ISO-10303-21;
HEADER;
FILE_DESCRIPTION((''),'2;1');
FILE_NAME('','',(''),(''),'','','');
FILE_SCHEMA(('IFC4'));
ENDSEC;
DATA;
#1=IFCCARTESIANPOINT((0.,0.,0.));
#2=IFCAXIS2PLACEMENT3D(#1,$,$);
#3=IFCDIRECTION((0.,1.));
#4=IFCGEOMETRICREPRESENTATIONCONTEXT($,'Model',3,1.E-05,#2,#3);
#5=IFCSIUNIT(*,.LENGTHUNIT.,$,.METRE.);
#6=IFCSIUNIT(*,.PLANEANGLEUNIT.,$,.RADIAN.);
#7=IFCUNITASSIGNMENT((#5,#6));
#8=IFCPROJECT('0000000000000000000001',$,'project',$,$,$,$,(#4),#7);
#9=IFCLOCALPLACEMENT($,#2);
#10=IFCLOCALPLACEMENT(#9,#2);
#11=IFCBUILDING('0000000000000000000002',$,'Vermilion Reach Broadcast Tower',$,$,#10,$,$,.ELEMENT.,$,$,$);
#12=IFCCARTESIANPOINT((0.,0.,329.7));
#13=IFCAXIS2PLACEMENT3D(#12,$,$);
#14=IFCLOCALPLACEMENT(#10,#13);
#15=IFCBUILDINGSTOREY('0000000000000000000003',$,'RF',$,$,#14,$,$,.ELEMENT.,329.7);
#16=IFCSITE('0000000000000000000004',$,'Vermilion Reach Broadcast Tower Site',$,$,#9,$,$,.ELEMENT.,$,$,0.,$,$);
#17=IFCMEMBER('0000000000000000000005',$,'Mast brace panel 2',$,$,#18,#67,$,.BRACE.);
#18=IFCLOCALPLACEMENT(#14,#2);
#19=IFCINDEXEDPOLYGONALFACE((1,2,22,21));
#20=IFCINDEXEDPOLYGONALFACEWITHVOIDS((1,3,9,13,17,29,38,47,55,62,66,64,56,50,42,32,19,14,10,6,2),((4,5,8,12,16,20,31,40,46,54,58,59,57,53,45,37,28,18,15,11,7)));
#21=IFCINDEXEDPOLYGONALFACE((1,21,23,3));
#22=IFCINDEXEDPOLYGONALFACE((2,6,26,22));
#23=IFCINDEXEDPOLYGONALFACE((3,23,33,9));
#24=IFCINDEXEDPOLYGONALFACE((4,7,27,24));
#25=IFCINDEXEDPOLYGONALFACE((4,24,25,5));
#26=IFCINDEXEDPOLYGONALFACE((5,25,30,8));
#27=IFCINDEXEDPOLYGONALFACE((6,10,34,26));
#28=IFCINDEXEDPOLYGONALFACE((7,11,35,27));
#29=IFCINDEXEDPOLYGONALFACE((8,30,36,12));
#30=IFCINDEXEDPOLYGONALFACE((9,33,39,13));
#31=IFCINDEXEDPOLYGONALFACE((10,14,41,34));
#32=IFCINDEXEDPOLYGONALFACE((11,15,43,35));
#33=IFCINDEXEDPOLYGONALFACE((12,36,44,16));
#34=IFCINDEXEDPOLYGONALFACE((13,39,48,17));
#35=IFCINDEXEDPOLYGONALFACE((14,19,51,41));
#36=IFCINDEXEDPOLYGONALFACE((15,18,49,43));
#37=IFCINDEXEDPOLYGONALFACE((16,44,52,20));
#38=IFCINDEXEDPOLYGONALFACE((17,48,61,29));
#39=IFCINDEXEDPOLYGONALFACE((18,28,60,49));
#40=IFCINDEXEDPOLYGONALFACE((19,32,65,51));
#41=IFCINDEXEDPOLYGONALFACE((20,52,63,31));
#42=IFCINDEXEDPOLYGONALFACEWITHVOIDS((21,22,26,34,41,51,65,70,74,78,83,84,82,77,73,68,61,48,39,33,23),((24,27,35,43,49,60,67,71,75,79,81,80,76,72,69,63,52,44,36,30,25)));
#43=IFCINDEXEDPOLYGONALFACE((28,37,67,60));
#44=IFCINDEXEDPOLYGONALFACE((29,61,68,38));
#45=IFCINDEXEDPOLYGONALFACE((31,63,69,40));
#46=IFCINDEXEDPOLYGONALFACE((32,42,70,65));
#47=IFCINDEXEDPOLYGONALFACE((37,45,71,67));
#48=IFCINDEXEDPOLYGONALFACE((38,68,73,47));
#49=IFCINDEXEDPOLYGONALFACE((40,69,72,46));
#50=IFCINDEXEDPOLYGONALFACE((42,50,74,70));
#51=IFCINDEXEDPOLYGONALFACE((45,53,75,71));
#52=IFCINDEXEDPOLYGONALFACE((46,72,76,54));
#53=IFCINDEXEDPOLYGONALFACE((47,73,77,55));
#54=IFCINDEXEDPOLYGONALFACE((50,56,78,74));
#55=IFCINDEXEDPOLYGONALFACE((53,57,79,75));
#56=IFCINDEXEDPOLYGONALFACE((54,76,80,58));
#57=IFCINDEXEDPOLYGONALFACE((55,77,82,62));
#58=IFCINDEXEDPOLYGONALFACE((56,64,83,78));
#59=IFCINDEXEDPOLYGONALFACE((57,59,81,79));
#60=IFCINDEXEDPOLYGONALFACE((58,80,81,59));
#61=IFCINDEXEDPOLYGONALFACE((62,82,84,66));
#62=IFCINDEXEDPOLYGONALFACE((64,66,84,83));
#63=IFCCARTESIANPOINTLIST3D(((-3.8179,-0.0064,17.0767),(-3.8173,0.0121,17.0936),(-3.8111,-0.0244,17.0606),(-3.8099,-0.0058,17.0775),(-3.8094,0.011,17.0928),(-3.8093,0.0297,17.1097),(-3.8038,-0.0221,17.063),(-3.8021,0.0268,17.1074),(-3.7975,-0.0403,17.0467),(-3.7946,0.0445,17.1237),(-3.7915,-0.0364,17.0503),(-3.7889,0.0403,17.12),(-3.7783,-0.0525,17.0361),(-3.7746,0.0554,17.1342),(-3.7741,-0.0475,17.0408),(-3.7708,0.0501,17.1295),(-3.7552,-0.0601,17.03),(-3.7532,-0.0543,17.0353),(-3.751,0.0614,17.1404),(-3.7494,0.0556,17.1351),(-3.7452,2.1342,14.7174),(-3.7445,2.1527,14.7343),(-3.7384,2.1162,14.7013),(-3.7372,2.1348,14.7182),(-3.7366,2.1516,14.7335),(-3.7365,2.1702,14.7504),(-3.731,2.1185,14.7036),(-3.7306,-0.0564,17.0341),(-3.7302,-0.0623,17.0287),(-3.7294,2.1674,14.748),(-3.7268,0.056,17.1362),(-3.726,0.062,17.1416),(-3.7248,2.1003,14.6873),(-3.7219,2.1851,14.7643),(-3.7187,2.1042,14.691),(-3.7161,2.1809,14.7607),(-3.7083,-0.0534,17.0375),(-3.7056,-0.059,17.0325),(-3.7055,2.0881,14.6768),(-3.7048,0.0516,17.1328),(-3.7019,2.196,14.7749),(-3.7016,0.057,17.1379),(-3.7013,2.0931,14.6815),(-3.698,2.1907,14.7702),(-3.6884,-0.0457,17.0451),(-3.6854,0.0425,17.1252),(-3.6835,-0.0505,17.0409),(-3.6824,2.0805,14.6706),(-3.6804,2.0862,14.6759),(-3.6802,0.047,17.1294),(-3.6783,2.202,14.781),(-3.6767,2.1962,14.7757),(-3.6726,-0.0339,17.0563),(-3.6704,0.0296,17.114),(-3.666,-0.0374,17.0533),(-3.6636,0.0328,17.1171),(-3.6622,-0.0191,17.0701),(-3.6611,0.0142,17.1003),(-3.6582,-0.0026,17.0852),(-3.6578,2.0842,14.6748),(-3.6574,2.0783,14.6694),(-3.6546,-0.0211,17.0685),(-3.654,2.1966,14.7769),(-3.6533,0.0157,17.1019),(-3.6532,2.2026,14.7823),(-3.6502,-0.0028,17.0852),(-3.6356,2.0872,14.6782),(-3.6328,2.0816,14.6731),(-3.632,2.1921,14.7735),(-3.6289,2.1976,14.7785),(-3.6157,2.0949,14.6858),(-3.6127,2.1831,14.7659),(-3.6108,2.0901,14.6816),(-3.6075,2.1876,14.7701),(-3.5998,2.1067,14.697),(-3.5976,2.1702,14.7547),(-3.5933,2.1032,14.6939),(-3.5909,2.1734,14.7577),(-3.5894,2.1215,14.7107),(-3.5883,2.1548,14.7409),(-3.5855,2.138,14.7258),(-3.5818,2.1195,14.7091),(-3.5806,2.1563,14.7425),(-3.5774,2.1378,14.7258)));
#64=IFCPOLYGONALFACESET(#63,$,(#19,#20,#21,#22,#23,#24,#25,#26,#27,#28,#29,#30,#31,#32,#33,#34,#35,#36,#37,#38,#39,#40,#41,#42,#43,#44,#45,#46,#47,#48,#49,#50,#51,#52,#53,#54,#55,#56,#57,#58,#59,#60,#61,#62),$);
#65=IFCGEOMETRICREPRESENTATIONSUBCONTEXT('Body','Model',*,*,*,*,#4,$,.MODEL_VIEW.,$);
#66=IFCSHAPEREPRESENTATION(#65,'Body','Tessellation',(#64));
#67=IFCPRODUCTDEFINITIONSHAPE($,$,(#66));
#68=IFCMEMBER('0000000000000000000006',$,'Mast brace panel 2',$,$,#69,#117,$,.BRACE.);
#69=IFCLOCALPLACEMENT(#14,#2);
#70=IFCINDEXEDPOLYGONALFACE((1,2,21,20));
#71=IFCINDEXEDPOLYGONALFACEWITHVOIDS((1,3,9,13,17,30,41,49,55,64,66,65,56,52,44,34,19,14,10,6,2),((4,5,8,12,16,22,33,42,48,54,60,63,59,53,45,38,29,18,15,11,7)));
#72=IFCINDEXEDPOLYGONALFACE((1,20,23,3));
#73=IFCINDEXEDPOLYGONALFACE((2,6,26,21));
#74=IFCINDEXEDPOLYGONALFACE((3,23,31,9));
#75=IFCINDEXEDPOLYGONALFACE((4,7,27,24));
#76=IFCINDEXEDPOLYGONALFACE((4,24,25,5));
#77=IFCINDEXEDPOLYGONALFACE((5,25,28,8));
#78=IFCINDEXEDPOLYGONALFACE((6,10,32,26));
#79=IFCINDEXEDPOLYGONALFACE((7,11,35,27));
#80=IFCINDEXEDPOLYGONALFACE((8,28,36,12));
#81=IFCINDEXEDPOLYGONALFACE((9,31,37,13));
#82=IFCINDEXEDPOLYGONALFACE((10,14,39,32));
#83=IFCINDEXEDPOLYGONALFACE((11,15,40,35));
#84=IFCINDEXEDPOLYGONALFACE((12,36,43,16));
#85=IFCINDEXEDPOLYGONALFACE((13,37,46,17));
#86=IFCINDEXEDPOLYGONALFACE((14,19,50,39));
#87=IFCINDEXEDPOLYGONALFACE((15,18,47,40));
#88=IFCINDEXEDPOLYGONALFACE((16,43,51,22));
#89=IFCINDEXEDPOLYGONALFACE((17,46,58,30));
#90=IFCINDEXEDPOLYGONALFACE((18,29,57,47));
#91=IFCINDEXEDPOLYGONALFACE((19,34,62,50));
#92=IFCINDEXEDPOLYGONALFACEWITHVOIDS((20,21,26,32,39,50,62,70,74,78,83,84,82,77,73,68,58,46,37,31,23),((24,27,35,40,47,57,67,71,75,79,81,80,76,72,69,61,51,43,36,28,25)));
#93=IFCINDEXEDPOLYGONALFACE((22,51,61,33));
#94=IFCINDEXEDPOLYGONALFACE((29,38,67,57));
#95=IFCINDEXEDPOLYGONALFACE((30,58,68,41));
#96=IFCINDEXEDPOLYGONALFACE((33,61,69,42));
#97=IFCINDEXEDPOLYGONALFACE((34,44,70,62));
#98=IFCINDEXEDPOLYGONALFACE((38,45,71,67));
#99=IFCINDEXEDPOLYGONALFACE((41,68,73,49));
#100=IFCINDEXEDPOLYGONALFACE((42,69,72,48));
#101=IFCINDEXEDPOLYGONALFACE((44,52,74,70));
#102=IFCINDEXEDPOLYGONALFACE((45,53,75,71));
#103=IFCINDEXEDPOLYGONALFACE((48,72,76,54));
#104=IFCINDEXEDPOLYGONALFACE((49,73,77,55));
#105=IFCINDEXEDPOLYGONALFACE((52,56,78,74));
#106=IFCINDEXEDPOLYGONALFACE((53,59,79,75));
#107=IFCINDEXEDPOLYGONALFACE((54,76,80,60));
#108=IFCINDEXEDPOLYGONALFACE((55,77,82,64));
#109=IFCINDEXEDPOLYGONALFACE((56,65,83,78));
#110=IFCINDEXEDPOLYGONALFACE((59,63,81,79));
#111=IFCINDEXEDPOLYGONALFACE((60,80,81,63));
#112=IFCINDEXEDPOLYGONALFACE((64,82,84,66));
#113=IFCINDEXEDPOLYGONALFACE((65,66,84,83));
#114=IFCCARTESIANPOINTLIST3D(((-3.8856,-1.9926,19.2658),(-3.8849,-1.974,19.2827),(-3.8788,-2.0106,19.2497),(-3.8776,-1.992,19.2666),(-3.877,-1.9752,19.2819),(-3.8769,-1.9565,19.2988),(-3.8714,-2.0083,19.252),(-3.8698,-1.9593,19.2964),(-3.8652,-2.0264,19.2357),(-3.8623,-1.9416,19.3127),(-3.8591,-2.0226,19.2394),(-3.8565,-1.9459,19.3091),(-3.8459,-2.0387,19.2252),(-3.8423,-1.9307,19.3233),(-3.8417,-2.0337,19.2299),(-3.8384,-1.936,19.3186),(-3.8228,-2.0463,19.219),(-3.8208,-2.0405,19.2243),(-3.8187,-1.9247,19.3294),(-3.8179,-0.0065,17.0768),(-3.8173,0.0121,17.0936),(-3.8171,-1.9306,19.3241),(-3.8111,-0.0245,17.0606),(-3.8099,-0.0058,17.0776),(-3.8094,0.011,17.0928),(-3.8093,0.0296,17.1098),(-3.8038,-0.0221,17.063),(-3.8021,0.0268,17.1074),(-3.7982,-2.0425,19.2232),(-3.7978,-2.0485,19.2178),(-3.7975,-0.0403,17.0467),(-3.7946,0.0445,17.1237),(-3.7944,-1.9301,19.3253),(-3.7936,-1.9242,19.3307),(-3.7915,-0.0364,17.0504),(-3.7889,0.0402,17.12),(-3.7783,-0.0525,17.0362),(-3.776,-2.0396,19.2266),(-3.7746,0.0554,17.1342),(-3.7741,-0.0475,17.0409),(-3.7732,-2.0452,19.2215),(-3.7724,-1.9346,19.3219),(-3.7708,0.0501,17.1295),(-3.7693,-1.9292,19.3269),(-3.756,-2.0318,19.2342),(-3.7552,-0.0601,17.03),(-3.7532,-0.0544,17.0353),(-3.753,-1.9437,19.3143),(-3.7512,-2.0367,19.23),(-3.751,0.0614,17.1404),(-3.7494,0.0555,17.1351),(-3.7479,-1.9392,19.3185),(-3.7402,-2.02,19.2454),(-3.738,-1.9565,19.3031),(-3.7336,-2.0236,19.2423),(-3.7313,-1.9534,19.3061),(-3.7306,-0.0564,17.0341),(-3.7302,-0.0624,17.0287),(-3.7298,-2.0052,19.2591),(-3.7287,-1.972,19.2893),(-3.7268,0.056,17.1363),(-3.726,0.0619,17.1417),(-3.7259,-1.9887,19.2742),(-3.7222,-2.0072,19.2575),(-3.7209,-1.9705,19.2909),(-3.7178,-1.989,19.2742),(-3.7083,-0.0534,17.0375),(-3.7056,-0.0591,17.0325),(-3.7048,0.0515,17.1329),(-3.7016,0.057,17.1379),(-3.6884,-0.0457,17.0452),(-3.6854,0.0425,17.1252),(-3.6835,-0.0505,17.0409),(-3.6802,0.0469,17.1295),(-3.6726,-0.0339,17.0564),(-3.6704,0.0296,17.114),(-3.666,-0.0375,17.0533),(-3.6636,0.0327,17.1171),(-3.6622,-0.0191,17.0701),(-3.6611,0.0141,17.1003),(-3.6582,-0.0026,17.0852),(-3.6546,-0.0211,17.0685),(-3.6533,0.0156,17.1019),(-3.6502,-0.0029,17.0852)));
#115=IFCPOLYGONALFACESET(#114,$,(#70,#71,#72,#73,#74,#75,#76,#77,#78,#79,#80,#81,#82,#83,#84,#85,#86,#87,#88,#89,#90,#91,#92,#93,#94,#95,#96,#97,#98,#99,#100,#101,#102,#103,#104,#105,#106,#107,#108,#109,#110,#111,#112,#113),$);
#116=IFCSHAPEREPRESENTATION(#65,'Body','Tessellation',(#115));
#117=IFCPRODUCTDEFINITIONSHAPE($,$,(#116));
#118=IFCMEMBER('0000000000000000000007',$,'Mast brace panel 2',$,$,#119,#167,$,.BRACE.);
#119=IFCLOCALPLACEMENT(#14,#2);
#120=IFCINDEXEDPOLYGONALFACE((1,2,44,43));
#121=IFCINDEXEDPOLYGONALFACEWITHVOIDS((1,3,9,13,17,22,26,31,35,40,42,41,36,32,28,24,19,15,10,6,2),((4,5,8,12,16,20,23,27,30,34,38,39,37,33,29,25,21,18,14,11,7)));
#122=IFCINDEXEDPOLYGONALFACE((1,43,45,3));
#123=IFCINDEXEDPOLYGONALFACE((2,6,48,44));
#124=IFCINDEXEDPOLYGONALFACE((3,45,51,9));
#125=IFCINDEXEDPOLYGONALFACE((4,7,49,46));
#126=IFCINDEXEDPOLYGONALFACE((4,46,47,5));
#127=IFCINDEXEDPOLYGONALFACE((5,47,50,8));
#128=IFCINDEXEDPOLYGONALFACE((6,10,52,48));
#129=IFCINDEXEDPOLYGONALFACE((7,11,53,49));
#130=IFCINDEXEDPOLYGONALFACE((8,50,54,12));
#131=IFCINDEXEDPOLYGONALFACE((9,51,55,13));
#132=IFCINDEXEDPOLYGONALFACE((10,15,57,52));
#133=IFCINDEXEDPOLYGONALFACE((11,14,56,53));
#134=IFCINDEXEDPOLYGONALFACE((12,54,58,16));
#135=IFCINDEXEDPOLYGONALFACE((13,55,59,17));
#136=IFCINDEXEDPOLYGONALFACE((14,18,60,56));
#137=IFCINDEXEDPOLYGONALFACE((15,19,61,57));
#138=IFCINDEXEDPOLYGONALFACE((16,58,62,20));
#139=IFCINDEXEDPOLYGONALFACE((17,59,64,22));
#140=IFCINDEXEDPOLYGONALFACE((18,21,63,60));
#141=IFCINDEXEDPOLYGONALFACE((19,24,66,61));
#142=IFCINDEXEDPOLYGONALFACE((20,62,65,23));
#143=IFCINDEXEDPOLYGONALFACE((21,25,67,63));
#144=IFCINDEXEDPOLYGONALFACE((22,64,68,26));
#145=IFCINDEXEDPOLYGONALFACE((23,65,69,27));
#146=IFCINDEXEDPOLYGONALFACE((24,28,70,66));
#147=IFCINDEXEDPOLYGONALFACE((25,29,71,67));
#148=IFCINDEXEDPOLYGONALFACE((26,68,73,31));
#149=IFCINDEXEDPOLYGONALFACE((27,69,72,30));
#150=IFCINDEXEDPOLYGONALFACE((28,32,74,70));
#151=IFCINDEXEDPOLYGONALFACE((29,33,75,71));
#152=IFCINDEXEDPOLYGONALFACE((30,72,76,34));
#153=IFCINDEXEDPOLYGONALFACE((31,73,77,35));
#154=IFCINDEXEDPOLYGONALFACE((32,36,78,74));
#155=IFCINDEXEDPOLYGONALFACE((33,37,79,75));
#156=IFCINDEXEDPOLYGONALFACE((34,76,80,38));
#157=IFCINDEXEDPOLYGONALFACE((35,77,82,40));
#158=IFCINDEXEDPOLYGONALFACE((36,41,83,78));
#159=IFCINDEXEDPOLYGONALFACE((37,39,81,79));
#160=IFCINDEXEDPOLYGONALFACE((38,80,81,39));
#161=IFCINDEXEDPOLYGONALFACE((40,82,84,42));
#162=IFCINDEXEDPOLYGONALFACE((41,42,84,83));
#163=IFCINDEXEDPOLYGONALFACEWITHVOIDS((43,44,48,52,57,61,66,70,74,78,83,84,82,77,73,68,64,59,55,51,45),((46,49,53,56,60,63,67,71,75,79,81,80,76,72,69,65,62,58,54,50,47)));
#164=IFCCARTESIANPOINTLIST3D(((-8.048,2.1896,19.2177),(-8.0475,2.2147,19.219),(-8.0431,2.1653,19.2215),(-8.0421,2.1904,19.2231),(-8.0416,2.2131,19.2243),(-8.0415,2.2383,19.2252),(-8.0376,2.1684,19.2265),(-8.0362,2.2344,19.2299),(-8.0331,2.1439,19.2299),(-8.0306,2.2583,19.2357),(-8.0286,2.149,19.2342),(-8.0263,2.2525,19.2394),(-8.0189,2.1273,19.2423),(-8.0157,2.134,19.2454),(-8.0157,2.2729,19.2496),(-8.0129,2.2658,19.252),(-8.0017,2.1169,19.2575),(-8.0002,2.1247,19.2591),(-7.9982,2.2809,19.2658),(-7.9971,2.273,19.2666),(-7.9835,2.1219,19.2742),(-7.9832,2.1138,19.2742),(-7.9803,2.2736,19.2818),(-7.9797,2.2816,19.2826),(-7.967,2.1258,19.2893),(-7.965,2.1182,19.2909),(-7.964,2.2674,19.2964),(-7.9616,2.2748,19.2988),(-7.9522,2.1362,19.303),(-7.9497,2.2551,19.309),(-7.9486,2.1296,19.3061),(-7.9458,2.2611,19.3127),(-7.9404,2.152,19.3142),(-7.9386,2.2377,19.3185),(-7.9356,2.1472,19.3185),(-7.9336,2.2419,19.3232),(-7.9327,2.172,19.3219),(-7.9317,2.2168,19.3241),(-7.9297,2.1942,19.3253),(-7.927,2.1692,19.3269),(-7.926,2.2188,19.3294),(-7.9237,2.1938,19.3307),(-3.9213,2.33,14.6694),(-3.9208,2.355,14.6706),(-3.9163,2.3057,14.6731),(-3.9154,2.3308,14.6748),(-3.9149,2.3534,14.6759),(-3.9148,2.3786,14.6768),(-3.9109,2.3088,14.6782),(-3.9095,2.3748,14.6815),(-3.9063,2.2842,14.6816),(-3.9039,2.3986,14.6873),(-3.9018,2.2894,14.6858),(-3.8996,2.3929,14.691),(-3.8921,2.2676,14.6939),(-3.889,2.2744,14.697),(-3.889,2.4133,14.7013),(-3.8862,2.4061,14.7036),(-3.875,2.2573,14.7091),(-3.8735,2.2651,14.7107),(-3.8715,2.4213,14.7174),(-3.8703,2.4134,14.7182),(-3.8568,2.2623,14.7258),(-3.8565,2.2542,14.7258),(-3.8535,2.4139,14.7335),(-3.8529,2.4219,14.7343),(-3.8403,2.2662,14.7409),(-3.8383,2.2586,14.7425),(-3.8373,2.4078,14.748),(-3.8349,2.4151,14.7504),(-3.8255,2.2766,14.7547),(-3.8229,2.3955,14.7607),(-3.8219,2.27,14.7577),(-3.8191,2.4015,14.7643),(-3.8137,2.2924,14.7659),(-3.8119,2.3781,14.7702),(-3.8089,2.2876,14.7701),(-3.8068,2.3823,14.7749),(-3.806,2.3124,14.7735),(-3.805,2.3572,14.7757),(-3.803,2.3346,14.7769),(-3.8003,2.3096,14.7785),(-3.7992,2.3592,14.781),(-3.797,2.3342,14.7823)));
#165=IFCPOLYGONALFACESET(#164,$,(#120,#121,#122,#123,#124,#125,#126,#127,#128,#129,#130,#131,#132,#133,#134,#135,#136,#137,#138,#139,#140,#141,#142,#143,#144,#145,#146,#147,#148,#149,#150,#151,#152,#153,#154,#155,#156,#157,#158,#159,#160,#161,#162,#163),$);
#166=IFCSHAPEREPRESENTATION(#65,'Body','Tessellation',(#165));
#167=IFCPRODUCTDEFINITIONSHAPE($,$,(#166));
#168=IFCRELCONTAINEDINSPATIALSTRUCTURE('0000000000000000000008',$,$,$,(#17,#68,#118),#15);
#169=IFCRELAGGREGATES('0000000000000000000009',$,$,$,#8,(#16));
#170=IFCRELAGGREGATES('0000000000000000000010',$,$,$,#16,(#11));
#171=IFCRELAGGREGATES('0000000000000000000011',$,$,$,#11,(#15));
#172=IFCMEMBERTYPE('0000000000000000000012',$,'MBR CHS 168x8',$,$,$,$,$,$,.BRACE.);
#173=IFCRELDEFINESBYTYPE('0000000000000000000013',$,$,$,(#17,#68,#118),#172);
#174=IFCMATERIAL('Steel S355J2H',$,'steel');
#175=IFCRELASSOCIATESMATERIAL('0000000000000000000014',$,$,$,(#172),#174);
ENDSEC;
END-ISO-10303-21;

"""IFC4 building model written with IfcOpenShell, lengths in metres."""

from ifc_helpers import new_model, si_unit, direction, frame, origin, origin_2d, place, context, subcontext, project, spatial, hollow_circle, extrude, material, material_profile, profile_set, type_object, element, save


model = new_model("IFC4")

# Units and contexts
model_context = context("Model", 3, precision=1e-05, world=origin(), true_north=direction((0.0, 1.0)))
body_context = subcontext(model_context, "Body", "Model", "MODEL_VIEW")
ifc_project = project(units=[si_unit("LENGTHUNIT", "METRE"), si_unit("PLANEANGLEUNIT", "RADIAN")], contexts=[model_context])

# Site, building, storey
site_placement = place(None, origin())
site = spatial("IfcSite", under=ifc_project, at=site_placement, Name="Vermilion Reach Broadcast Tower Site", CompositionType="ELEMENT", RefElevation=0.0)
building_placement = place(site_placement, origin())
building = spatial("IfcBuilding", under=site, at=building_placement, Name="Vermilion Reach Broadcast Tower", CompositionType="ELEMENT")
storey_placement = place(building_placement, frame((0.0, 0.0, 329.7)))
storey = spatial("IfcBuildingStorey", under=building, at=storey_placement, Name="RF", CompositionType="ELEMENT", Elevation=329.7)

# Members
ifc_material = material(Name="Steel S355J2H", Category="steel")
ifc_material_profile = material_profile(ifc_material, hollow_circle(Radius=0.0842, WallThickness=0.0081, at=origin_2d()), Name="S355J2H CHS 168x8")
ifc_profile_set = profile_set([ifc_material_profile], Name="Steel S355J2H")
member_type = type_object("IfcMemberType", Name="MBR CHS 168x8", PredefinedType="BRACE", material=ifc_profile_set)
member_1_placement = place(storey_placement, frame((-3.6616, 2.1406, 14.7258), z_axis=(-0.022831, -0.671765, 0.740412), x_axis=(0.999423, -0.033968, 0.0)))
element("IfcMember", 1, at=member_1_placement, inside=storey, type_object=member_type, Name="Mast brace panel 2", PredefinedType="BRACE", context=body_context, shape_type="SweptSolid", body=[
    extrude(hollow_circle(Radius=0.0842, WallThickness=0.0081, at=origin_2d()), origin(), (0.0, 0.0, 1.0), 3.1865),
])
member_2_placement = place(storey_placement, frame((-3.7344, 0.0, 17.0852), z_axis=(-0.022874, -0.671777, 0.7404), x_axis=(0.999421, -0.034031, 0.0)))
element("IfcMember", 2, at=member_2_placement, inside=storey, type_object=member_type, Name="Mast brace panel 2", PredefinedType="BRACE", context=body_context, shape_type="SweptSolid", body=[
    extrude(hollow_circle(Radius=0.0842, WallThickness=0.0081, at=origin_2d()), origin(), (0.0, 0.0, 1.0), 2.9565),
])
member_3_placement = place(storey_placement, frame((-3.8594, 2.3384, 14.7258), z_axis=(-0.671771, -0.022852, 0.740406), x_axis=(0.033998, -0.999422, 0.0)))
element("IfcMember", 3, at=member_3_placement, inside=storey, type_object=member_type, Name="Mast brace panel 2", PredefinedType="BRACE", context=body_context, shape_type="SweptSolid", body=[
    extrude(hollow_circle(Radius=0.0842, WallThickness=0.0081, at=origin_2d()), origin(), (0.0, 0.0, 1.0), 6.1431),
])

save(model, "model.ifc")
